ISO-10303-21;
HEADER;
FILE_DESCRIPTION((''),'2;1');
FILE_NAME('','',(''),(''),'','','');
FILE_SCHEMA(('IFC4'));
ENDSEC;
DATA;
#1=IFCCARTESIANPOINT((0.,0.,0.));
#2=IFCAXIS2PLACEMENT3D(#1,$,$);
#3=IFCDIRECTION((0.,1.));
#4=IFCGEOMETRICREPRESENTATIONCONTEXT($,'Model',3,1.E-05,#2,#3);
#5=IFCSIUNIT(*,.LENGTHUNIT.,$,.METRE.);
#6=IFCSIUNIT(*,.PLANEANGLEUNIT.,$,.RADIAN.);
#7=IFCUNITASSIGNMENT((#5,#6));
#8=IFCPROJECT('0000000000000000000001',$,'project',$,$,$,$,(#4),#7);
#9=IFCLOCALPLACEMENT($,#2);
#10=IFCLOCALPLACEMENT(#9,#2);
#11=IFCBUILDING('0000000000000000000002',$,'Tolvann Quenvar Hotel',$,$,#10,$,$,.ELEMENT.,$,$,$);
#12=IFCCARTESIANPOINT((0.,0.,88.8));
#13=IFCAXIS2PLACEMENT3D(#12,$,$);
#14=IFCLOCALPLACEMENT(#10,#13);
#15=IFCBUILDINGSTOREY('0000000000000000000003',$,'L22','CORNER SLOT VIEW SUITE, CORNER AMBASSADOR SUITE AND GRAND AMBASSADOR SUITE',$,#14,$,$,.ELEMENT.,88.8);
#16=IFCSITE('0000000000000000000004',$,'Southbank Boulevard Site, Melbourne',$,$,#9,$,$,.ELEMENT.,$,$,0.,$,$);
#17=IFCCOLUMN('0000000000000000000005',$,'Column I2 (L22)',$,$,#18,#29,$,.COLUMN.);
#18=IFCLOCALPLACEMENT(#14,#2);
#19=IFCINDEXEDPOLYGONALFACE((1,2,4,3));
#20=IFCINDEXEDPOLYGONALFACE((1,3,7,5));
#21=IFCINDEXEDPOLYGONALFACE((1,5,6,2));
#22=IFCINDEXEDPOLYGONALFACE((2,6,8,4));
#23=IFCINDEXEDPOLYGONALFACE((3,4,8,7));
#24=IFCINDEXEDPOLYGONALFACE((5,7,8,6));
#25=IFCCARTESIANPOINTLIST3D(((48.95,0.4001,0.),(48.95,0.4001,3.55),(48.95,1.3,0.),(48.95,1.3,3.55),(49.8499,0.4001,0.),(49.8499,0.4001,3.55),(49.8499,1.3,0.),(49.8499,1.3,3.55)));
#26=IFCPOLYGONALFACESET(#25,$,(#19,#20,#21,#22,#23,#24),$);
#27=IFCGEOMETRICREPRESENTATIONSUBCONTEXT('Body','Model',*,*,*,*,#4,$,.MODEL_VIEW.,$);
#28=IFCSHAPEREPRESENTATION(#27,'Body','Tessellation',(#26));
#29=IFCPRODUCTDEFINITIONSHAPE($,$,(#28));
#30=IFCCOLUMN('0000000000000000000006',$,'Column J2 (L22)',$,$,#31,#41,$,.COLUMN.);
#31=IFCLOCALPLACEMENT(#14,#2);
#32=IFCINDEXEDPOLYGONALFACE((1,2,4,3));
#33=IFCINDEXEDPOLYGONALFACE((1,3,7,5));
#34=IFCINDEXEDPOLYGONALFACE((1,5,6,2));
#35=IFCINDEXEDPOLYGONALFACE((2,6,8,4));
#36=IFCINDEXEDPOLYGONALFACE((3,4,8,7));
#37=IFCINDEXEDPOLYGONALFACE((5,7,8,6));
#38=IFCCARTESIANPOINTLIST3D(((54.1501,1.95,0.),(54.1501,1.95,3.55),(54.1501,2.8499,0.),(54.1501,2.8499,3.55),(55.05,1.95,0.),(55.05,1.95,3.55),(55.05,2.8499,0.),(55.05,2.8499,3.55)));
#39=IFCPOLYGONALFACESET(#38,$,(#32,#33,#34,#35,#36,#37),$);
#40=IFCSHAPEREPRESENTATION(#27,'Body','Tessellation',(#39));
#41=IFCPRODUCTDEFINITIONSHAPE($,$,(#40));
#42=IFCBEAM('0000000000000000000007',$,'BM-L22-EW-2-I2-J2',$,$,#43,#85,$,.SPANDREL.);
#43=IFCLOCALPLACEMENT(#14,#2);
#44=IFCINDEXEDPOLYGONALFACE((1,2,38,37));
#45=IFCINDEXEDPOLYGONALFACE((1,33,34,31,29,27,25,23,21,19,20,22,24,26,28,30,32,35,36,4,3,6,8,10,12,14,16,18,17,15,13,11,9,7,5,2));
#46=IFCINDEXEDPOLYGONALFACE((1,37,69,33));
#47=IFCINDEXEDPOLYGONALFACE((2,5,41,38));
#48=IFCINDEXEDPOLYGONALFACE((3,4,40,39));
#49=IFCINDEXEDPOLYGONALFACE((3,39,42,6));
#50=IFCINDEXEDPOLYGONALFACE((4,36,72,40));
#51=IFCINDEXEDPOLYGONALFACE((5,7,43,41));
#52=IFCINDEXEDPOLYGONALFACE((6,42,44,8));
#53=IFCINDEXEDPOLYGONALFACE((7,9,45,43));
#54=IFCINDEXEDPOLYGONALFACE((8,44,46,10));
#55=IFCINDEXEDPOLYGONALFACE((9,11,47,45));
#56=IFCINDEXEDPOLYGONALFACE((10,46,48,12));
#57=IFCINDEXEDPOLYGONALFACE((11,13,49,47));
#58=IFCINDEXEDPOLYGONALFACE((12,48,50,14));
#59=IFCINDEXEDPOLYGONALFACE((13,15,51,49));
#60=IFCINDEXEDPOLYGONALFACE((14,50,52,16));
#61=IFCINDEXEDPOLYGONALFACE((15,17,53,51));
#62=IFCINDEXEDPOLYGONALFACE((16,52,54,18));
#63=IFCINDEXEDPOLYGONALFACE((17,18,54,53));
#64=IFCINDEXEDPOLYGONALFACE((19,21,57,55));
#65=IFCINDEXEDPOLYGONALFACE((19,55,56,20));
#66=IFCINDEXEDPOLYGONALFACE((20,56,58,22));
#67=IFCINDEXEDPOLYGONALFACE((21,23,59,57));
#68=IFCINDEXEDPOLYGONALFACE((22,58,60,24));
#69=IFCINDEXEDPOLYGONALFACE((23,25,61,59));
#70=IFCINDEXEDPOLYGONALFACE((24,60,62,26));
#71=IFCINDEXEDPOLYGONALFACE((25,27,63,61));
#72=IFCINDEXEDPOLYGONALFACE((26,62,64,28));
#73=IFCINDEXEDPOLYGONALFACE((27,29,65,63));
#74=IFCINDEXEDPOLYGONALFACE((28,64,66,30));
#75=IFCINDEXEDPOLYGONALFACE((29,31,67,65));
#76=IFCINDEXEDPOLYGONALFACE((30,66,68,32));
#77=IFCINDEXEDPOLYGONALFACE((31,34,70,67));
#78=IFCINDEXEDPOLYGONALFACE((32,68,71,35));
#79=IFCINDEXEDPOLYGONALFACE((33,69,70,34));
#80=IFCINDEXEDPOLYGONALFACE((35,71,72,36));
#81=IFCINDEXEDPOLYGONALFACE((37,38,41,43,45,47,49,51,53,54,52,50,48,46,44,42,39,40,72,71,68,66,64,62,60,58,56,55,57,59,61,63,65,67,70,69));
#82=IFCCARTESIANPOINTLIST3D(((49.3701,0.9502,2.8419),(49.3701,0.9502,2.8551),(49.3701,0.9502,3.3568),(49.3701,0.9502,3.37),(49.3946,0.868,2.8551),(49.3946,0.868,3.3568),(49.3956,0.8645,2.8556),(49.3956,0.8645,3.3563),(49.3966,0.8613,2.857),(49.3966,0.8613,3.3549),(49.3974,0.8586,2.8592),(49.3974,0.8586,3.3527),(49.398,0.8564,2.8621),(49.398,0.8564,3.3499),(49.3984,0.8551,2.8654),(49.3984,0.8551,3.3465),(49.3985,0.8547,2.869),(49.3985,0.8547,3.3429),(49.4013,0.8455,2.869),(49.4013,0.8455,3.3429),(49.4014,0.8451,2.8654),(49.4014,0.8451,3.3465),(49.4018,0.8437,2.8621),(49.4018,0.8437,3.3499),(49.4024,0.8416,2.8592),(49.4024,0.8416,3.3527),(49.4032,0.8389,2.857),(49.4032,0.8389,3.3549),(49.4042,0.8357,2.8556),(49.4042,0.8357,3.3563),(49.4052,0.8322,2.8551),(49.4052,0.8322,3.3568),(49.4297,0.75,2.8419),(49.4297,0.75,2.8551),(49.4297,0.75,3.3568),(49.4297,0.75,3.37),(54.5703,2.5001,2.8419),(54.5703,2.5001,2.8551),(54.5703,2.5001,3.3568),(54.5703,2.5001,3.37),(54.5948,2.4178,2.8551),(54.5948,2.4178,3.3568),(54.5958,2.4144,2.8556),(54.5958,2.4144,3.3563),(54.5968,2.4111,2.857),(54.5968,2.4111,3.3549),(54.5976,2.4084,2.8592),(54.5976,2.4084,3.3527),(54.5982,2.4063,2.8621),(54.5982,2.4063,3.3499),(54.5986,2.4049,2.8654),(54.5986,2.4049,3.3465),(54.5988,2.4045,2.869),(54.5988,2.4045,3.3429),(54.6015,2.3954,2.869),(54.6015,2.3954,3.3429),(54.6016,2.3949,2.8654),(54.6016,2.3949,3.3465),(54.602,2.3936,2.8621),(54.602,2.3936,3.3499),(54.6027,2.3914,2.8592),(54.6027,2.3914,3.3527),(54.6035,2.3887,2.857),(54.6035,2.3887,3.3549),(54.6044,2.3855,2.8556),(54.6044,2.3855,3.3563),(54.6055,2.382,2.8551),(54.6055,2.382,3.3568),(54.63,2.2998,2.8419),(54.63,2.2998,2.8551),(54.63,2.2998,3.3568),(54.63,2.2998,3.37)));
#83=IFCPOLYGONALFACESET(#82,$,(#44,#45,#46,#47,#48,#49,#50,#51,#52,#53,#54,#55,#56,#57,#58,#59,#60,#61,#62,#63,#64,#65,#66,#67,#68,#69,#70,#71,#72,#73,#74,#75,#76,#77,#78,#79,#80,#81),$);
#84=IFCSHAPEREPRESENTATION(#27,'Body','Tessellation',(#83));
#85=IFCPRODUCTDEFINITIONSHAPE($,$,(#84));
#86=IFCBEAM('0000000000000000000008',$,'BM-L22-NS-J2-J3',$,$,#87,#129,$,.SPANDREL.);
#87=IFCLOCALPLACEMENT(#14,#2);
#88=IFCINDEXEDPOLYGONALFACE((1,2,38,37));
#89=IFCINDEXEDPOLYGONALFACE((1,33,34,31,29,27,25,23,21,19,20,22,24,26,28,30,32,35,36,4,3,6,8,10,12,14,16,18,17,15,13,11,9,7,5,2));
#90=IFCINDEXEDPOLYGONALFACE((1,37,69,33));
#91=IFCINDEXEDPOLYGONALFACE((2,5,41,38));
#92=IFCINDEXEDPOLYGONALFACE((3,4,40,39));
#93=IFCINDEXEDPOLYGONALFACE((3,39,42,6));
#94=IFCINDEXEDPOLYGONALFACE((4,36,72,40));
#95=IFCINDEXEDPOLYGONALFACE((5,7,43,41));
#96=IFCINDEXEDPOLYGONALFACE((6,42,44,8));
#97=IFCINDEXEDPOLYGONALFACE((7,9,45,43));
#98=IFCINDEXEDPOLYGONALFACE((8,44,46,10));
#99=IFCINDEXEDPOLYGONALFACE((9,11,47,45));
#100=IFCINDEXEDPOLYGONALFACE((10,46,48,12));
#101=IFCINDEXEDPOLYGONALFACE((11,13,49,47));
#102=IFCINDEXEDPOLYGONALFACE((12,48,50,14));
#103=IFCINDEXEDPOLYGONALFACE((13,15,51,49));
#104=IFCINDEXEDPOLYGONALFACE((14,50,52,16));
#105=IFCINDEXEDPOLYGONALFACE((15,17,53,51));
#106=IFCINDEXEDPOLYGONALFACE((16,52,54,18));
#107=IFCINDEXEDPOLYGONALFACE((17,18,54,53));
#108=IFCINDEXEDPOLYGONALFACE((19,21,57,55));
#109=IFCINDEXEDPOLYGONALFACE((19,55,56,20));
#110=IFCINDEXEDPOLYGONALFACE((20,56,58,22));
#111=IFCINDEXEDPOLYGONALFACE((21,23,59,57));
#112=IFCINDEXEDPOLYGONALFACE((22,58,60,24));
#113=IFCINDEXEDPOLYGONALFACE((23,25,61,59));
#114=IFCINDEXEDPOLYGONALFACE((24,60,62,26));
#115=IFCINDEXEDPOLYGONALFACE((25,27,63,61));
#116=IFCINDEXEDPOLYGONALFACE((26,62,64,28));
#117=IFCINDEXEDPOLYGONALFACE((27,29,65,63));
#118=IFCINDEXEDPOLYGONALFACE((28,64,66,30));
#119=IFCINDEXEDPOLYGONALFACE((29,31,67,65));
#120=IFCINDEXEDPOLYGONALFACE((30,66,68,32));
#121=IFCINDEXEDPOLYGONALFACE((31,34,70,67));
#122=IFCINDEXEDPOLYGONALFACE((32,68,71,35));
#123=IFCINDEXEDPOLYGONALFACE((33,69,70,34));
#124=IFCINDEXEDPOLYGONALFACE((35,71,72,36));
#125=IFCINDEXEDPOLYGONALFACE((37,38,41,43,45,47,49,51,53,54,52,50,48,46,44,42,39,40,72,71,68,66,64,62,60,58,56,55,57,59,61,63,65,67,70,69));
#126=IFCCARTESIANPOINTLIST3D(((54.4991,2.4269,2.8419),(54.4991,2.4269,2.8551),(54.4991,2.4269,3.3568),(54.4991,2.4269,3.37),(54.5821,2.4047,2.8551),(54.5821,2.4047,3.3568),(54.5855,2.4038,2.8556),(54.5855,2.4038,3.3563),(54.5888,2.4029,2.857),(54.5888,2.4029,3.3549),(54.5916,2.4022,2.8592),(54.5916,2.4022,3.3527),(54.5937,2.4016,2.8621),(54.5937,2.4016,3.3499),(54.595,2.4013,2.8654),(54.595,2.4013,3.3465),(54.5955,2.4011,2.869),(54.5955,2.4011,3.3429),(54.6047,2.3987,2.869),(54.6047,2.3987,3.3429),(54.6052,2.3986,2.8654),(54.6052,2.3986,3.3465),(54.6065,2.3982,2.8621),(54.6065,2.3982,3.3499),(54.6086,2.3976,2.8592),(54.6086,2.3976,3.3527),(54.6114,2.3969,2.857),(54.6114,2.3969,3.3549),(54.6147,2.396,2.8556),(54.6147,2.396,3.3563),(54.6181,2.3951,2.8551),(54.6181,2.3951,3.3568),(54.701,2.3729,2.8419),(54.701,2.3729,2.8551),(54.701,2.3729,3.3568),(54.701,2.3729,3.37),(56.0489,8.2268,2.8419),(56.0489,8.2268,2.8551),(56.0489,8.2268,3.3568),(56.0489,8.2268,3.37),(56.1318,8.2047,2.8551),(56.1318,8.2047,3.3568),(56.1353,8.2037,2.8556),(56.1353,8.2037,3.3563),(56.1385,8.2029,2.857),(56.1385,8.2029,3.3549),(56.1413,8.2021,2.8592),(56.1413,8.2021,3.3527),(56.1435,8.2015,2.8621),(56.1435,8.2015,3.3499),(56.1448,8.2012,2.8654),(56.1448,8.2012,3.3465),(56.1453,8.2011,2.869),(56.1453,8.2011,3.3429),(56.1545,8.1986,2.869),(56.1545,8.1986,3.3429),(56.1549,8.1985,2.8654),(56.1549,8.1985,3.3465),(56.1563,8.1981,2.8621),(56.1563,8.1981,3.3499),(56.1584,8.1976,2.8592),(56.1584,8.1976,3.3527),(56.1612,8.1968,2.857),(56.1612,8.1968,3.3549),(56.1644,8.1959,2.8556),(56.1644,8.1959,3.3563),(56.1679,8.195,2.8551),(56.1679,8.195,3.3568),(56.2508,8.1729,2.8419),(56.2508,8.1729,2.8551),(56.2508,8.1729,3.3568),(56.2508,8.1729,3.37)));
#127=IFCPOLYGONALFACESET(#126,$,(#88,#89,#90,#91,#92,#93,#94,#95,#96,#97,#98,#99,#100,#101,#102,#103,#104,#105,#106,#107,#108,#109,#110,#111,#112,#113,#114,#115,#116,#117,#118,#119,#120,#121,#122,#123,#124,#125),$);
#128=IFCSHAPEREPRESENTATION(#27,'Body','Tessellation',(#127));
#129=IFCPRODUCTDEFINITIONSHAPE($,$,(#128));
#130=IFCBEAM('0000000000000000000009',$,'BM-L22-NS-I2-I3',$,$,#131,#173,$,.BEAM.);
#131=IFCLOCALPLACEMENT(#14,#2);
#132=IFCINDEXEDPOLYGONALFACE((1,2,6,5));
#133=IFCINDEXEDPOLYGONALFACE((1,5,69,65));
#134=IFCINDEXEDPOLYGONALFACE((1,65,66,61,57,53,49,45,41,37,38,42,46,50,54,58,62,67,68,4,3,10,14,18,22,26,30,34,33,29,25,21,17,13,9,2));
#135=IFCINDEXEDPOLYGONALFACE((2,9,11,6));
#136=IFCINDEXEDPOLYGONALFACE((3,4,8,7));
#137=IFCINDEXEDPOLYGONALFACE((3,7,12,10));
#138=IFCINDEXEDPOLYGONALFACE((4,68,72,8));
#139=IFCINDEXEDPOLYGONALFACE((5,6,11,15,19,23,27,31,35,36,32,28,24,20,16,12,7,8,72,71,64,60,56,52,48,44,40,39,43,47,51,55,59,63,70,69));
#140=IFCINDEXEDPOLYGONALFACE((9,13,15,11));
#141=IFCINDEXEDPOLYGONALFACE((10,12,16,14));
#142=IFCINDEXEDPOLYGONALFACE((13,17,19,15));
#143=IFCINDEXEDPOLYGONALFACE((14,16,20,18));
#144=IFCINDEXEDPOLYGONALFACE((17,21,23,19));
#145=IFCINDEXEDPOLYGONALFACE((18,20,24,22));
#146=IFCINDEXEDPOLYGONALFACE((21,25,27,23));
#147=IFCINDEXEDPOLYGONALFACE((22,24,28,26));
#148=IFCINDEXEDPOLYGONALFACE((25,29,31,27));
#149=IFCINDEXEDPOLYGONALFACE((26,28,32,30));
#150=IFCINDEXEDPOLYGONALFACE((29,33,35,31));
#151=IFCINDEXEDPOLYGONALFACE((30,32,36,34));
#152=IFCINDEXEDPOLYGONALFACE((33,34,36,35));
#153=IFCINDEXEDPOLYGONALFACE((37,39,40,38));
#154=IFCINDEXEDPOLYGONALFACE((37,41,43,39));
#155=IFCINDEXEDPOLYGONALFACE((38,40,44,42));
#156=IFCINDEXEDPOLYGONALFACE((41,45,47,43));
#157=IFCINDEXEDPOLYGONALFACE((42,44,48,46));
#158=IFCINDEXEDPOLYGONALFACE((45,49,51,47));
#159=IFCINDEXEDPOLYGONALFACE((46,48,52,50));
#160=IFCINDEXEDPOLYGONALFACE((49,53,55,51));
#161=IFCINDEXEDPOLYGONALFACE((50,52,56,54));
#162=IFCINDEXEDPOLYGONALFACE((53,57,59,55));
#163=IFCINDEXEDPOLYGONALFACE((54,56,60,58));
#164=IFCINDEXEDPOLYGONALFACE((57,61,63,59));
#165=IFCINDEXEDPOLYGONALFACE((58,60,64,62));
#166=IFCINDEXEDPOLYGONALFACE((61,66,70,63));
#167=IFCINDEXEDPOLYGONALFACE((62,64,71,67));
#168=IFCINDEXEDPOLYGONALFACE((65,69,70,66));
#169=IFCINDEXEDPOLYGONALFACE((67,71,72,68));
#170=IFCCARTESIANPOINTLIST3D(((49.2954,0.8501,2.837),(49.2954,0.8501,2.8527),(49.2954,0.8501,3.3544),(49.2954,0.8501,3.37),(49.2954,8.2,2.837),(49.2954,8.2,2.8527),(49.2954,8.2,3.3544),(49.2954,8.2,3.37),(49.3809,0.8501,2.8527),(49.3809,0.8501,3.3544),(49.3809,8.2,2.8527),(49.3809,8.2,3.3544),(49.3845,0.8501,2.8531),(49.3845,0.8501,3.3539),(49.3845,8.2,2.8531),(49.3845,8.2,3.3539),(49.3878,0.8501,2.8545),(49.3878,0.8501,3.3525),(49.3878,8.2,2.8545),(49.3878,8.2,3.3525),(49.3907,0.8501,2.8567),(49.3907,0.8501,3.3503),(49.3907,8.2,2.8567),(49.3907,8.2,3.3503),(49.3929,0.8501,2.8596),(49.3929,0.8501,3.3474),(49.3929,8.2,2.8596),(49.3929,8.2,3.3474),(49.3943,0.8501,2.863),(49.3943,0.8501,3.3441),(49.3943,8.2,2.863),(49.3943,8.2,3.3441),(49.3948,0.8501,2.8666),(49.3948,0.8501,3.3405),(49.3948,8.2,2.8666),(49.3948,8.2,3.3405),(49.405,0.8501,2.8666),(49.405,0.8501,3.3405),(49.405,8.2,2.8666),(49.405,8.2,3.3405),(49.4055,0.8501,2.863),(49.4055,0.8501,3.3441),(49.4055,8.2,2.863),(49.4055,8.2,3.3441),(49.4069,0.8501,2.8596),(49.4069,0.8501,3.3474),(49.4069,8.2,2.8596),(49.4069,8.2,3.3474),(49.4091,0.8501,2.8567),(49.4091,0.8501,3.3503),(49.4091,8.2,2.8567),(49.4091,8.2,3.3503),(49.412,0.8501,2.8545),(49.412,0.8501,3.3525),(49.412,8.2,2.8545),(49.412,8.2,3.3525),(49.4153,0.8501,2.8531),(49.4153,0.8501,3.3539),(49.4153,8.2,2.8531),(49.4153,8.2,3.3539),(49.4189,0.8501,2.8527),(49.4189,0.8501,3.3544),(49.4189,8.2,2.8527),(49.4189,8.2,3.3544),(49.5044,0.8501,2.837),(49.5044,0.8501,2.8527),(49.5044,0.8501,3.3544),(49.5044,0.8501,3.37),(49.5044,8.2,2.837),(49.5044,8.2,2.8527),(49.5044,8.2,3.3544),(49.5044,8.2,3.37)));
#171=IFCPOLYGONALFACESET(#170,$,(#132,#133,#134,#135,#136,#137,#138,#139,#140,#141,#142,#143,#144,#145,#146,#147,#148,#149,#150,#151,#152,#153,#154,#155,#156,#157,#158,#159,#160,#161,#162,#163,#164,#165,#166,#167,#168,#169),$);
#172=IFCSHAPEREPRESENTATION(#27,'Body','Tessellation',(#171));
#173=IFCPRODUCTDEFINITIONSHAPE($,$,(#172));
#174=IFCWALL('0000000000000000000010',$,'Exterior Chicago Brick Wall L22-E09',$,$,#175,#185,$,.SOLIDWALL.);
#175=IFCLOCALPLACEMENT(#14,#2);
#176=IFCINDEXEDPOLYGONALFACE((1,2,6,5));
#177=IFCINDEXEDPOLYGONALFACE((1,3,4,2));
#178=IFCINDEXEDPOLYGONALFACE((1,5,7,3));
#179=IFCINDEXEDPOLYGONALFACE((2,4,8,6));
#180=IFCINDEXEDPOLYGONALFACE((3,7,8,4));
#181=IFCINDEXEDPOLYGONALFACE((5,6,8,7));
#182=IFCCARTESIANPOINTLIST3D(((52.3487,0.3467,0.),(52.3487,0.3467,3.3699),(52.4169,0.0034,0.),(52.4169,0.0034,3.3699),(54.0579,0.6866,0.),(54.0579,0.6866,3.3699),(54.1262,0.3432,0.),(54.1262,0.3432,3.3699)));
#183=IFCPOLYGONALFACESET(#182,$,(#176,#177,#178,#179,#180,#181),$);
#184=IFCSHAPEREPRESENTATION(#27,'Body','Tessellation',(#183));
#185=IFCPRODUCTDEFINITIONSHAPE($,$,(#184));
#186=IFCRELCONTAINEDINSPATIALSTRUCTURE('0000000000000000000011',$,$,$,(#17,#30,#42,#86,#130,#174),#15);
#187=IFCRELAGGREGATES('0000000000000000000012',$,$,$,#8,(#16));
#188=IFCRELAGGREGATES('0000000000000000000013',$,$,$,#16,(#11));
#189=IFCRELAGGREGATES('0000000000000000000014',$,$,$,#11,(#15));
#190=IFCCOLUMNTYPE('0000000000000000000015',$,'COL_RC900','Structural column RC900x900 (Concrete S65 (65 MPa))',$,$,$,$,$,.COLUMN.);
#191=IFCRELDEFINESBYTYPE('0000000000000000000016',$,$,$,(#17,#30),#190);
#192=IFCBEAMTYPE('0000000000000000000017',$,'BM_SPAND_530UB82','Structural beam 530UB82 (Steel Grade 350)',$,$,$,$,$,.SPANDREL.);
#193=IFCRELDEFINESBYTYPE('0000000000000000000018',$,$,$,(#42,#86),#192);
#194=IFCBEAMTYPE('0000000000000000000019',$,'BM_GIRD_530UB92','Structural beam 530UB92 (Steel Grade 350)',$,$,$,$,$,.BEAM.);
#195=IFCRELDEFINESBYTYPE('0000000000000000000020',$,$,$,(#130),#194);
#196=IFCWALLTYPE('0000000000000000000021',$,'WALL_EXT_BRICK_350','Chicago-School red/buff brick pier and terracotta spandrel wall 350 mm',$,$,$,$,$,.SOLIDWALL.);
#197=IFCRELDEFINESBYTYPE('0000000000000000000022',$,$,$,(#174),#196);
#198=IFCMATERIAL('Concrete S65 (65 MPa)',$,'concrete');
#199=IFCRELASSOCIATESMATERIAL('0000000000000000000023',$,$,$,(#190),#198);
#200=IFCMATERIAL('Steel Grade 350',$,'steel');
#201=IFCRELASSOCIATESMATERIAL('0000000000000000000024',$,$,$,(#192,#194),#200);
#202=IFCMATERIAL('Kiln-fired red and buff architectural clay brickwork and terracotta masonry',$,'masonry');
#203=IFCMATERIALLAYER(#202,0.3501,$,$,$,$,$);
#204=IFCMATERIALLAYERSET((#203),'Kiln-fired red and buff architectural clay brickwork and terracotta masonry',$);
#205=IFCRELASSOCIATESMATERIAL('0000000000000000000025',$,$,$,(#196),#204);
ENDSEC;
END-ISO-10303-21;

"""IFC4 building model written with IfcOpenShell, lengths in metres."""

from ifc_helpers import new_model, si_unit, direction, frame, frame_2d, origin, origin_2d, place, context, subcontext, project, spatial, rectangle, i_section, extrude, source, transform, mapped, material, layer, layer_set, material_profile, profile_set, type_object, type_shapes, element, save


model = new_model("IFC4")

# Units and contexts
model_context = context("Model", 3, precision=1e-05, world=origin(), true_north=direction((0.0, 1.0)))
body_context = subcontext(model_context, "Body", "Model", "MODEL_VIEW")
ifc_project = project(units=[si_unit("LENGTHUNIT", "METRE"), si_unit("PLANEANGLEUNIT", "RADIAN")], contexts=[model_context])

# Site, building, storey
site_placement = place(None, origin())
site = spatial("IfcSite", under=ifc_project, at=site_placement, Name="Southbank Boulevard Site, Melbourne", CompositionType="ELEMENT", RefElevation=0.0)
building_placement = place(site_placement, origin())
building = spatial("IfcBuilding", under=site, at=building_placement, Name="Tolvann Quenvar Hotel", CompositionType="ELEMENT")
storey_placement = place(building_placement, frame((0.0, 0.0, 88.8)))
storey = spatial("IfcBuildingStorey", under=building, at=storey_placement, Name="L22", Description="CORNER SLOT VIEW SUITE, CORNER AMBASSADOR SUITE AND GRAND AMBASSADOR SUITE", CompositionType="ELEMENT", Elevation=88.8)

# Columns
ifc_material_1 = material(Name="Concrete S65 (65 MPa)", Category="concrete")
ifc_material_profile_1 = material_profile(ifc_material_1, rectangle(XDim=0.8999, YDim=0.8999, at=origin_2d()), Name="RC900x900")
ifc_profile_set_1 = profile_set([ifc_material_profile_1], Name="Concrete S65 (65 MPa)")
column_type = type_object("IfcColumnType", Name="COL_RC900", Description="Structural column RC900x900 (Concrete S65 (65 MPa))", PredefinedType="COLUMN", material=ifc_profile_set_1)
shared_shape_1 = source(origin(), body_context, "Body", "SweptSolid", [
    extrude(rectangle(XDim=0.8999, YDim=0.8999, at=origin_2d()), origin(), (0.0, 0.0, 1.0), 3.55),
])
type_shapes(column_type, [shared_shape_1])
for number, where, z_axis, x_axis, name in (
    (1, (49.3999, 0.8501, 0.0), (0.0, 0.0, 1.0), (1.0, 0.0, 0.0), "Column I2 (L22)"),
    (2, (54.6001, 2.3999, 0.0), (0.0, 0.0, 1.0), (1.0, 0.0, 0.0), "Column J2 (L22)"),
):
    element("IfcColumn", number, at=place(storey_placement, frame(where, z_axis=z_axis, x_axis=x_axis)), inside=storey, type_object=column_type, Name=name, PredefinedType="COLUMN", context=body_context, shape_type="MappedRepresentation", body=[
        mapped(shared_shape_1, transform((0.0, 0.0, 0.0), x_axis=(1.0, 0.0, 0.0), y_axis=(0.0, 1.0, 0.0), z_axis=(0.0, 0.0, 1.0), scale=1.0)),
    ])

# Beams
ifc_material_2 = material(Name="Steel Grade 350", Category="steel")
ifc_material_profile_2 = material_profile(ifc_material_2, i_section(OverallWidth=0.209, OverallDepth=0.5281, WebThickness=0.0095, FlangeThickness=0.0132, FilletRadius=0.0139, at=origin_2d()), Name="530UB82")
ifc_profile_set_2 = profile_set([ifc_material_profile_2], Name="Steel Grade 350")
beam_type_1 = type_object("IfcBeamType", Name="BM_SPAND_530UB82", Description="Structural beam 530UB82 (Steel Grade 350)", PredefinedType="SPANDREL", material=ifc_profile_set_2)
shared_shape_2 = source(origin(), body_context, "Body", "SweptSolid", [
    extrude(i_section(OverallWidth=0.209, OverallDepth=0.5281, WebThickness=0.0095, FlangeThickness=0.0132, FilletRadius=0.0139, at=origin_2d()), origin(), (0.0, 0.0, 1.0), 5.4263),
])
beam_1_placement = place(storey_placement, frame((49.3999, 0.8501, 3.106), z_axis=(0.958345, 0.285614, 0.0), x_axis=(-0.285614, 0.958345, 0.0)))
element("IfcBeam", 3, at=beam_1_placement, inside=storey, type_object=beam_type_1, Name="BM-L22-EW-2-I2-J2", PredefinedType="SPANDREL", context=body_context, shape_type="MappedRepresentation", body=[
    mapped(shared_shape_2, transform((0.0, 0.0, 0.0), x_axis=(1.0, 0.0, 0.0), y_axis=(0.0, 1.0, 0.0), z_axis=(0.0, 0.0, 1.0), scale=1.0)),
])
shared_shape_3 = source(origin(), body_context, "Body", "SweptSolid", [
    extrude(i_section(OverallWidth=0.209, OverallDepth=0.5281, WebThickness=0.0095, FlangeThickness=0.0132, FilletRadius=0.0139, at=origin_2d()), origin(), (0.0, 0.0, 1.0), 6.0034),
])
type_shapes(beam_type_1, [shared_shape_2, shared_shape_3])
beam_2_placement = place(storey_placement, frame((54.6001, 2.3999, 3.106), z_axis=(0.258149, 0.966105, 0.0), x_axis=(-0.966105, 0.258149, 0.0)))
element("IfcBeam", 4, at=beam_2_placement, inside=storey, type_object=beam_type_1, Name="BM-L22-NS-J2-J3", PredefinedType="SPANDREL", context=body_context, shape_type="MappedRepresentation", body=[
    mapped(shared_shape_3, transform((0.0, 0.0, 0.0), x_axis=(1.0, 0.0, 0.0), y_axis=(0.0, 1.0, 0.0), z_axis=(0.0, 0.0, 1.0), scale=1.0)),
])
ifc_material_profile_3 = material_profile(ifc_material_2, i_section(OverallWidth=0.209, OverallDepth=0.533, WebThickness=0.0103, FlangeThickness=0.0156, FilletRadius=0.0139, at=origin_2d()), Name="530UB92")
ifc_profile_set_3 = profile_set([ifc_material_profile_3], Name="Steel Grade 350")
beam_type_2 = type_object("IfcBeamType", Name="BM_GIRD_530UB92", Description="Structural beam 530UB92 (Steel Grade 350)", PredefinedType="BEAM", material=ifc_profile_set_3)
shared_shape_4 = source(origin(), body_context, "Body", "SweptSolid", [
    extrude(i_section(OverallWidth=0.209, OverallDepth=0.533, WebThickness=0.0103, FlangeThickness=0.0156, FilletRadius=0.0139, at=origin_2d()), origin(), (0.0, 0.0, 1.0), 7.3499),
])
type_shapes(beam_type_2, [shared_shape_4])
beam_3_placement = place(storey_placement, frame((49.3999, 0.8501, 3.1035), z_axis=(0.0, 1.0, 0.0), x_axis=(-1.0, 0.0, 0.0)))
element("IfcBeam", 5, at=beam_3_placement, inside=storey, type_object=beam_type_2, Name="BM-L22-NS-I2-I3", PredefinedType="BEAM", context=body_context, shape_type="MappedRepresentation", body=[
    mapped(shared_shape_4, transform((0.0, 0.0, 0.0), x_axis=(1.0, 0.0, 0.0), y_axis=(0.0, 1.0, 0.0), z_axis=(0.0, 0.0, 1.0), scale=1.0)),
])

# Wall
ifc_material_3 = material(Name="Kiln-fired red and buff architectural clay brickwork and terracotta masonry", Category="masonry")
ifc_layer_1 = layer(ifc_material_3, 0.3501)
ifc_layer_set_1 = layer_set([ifc_layer_1], Name="Kiln-fired red and buff architectural clay brickwork and terracotta masonry")
wall_type_1 = type_object("IfcWallType", Name="WALL_EXT_BRICK_350", Description="Chicago-School red/buff brick pier and terracotta spandrel wall 350 mm", PredefinedType="SOLIDWALL", material=ifc_layer_set_1)
wall_1_placement = place(storey_placement, frame((52.3828, 0.175, 0.0), z_axis=(0.0, 0.0, 1.0), x_axis=(0.980801, 0.195011, 0.0)))
element("IfcWall", 6, at=wall_1_placement, inside=storey, type_object=wall_type_1, Name="Exterior Chicago Brick Wall L22-E09", PredefinedType="SOLIDWALL", context=body_context, shape_type="SweptSolid", body=[
    extrude(rectangle(XDim=1.7427, YDim=0.3501, at=frame_2d((0.8713, 0.0))), origin(), (0.0, 0.0, 1.0), 3.3699),
])

save(model, "model.ifc")
